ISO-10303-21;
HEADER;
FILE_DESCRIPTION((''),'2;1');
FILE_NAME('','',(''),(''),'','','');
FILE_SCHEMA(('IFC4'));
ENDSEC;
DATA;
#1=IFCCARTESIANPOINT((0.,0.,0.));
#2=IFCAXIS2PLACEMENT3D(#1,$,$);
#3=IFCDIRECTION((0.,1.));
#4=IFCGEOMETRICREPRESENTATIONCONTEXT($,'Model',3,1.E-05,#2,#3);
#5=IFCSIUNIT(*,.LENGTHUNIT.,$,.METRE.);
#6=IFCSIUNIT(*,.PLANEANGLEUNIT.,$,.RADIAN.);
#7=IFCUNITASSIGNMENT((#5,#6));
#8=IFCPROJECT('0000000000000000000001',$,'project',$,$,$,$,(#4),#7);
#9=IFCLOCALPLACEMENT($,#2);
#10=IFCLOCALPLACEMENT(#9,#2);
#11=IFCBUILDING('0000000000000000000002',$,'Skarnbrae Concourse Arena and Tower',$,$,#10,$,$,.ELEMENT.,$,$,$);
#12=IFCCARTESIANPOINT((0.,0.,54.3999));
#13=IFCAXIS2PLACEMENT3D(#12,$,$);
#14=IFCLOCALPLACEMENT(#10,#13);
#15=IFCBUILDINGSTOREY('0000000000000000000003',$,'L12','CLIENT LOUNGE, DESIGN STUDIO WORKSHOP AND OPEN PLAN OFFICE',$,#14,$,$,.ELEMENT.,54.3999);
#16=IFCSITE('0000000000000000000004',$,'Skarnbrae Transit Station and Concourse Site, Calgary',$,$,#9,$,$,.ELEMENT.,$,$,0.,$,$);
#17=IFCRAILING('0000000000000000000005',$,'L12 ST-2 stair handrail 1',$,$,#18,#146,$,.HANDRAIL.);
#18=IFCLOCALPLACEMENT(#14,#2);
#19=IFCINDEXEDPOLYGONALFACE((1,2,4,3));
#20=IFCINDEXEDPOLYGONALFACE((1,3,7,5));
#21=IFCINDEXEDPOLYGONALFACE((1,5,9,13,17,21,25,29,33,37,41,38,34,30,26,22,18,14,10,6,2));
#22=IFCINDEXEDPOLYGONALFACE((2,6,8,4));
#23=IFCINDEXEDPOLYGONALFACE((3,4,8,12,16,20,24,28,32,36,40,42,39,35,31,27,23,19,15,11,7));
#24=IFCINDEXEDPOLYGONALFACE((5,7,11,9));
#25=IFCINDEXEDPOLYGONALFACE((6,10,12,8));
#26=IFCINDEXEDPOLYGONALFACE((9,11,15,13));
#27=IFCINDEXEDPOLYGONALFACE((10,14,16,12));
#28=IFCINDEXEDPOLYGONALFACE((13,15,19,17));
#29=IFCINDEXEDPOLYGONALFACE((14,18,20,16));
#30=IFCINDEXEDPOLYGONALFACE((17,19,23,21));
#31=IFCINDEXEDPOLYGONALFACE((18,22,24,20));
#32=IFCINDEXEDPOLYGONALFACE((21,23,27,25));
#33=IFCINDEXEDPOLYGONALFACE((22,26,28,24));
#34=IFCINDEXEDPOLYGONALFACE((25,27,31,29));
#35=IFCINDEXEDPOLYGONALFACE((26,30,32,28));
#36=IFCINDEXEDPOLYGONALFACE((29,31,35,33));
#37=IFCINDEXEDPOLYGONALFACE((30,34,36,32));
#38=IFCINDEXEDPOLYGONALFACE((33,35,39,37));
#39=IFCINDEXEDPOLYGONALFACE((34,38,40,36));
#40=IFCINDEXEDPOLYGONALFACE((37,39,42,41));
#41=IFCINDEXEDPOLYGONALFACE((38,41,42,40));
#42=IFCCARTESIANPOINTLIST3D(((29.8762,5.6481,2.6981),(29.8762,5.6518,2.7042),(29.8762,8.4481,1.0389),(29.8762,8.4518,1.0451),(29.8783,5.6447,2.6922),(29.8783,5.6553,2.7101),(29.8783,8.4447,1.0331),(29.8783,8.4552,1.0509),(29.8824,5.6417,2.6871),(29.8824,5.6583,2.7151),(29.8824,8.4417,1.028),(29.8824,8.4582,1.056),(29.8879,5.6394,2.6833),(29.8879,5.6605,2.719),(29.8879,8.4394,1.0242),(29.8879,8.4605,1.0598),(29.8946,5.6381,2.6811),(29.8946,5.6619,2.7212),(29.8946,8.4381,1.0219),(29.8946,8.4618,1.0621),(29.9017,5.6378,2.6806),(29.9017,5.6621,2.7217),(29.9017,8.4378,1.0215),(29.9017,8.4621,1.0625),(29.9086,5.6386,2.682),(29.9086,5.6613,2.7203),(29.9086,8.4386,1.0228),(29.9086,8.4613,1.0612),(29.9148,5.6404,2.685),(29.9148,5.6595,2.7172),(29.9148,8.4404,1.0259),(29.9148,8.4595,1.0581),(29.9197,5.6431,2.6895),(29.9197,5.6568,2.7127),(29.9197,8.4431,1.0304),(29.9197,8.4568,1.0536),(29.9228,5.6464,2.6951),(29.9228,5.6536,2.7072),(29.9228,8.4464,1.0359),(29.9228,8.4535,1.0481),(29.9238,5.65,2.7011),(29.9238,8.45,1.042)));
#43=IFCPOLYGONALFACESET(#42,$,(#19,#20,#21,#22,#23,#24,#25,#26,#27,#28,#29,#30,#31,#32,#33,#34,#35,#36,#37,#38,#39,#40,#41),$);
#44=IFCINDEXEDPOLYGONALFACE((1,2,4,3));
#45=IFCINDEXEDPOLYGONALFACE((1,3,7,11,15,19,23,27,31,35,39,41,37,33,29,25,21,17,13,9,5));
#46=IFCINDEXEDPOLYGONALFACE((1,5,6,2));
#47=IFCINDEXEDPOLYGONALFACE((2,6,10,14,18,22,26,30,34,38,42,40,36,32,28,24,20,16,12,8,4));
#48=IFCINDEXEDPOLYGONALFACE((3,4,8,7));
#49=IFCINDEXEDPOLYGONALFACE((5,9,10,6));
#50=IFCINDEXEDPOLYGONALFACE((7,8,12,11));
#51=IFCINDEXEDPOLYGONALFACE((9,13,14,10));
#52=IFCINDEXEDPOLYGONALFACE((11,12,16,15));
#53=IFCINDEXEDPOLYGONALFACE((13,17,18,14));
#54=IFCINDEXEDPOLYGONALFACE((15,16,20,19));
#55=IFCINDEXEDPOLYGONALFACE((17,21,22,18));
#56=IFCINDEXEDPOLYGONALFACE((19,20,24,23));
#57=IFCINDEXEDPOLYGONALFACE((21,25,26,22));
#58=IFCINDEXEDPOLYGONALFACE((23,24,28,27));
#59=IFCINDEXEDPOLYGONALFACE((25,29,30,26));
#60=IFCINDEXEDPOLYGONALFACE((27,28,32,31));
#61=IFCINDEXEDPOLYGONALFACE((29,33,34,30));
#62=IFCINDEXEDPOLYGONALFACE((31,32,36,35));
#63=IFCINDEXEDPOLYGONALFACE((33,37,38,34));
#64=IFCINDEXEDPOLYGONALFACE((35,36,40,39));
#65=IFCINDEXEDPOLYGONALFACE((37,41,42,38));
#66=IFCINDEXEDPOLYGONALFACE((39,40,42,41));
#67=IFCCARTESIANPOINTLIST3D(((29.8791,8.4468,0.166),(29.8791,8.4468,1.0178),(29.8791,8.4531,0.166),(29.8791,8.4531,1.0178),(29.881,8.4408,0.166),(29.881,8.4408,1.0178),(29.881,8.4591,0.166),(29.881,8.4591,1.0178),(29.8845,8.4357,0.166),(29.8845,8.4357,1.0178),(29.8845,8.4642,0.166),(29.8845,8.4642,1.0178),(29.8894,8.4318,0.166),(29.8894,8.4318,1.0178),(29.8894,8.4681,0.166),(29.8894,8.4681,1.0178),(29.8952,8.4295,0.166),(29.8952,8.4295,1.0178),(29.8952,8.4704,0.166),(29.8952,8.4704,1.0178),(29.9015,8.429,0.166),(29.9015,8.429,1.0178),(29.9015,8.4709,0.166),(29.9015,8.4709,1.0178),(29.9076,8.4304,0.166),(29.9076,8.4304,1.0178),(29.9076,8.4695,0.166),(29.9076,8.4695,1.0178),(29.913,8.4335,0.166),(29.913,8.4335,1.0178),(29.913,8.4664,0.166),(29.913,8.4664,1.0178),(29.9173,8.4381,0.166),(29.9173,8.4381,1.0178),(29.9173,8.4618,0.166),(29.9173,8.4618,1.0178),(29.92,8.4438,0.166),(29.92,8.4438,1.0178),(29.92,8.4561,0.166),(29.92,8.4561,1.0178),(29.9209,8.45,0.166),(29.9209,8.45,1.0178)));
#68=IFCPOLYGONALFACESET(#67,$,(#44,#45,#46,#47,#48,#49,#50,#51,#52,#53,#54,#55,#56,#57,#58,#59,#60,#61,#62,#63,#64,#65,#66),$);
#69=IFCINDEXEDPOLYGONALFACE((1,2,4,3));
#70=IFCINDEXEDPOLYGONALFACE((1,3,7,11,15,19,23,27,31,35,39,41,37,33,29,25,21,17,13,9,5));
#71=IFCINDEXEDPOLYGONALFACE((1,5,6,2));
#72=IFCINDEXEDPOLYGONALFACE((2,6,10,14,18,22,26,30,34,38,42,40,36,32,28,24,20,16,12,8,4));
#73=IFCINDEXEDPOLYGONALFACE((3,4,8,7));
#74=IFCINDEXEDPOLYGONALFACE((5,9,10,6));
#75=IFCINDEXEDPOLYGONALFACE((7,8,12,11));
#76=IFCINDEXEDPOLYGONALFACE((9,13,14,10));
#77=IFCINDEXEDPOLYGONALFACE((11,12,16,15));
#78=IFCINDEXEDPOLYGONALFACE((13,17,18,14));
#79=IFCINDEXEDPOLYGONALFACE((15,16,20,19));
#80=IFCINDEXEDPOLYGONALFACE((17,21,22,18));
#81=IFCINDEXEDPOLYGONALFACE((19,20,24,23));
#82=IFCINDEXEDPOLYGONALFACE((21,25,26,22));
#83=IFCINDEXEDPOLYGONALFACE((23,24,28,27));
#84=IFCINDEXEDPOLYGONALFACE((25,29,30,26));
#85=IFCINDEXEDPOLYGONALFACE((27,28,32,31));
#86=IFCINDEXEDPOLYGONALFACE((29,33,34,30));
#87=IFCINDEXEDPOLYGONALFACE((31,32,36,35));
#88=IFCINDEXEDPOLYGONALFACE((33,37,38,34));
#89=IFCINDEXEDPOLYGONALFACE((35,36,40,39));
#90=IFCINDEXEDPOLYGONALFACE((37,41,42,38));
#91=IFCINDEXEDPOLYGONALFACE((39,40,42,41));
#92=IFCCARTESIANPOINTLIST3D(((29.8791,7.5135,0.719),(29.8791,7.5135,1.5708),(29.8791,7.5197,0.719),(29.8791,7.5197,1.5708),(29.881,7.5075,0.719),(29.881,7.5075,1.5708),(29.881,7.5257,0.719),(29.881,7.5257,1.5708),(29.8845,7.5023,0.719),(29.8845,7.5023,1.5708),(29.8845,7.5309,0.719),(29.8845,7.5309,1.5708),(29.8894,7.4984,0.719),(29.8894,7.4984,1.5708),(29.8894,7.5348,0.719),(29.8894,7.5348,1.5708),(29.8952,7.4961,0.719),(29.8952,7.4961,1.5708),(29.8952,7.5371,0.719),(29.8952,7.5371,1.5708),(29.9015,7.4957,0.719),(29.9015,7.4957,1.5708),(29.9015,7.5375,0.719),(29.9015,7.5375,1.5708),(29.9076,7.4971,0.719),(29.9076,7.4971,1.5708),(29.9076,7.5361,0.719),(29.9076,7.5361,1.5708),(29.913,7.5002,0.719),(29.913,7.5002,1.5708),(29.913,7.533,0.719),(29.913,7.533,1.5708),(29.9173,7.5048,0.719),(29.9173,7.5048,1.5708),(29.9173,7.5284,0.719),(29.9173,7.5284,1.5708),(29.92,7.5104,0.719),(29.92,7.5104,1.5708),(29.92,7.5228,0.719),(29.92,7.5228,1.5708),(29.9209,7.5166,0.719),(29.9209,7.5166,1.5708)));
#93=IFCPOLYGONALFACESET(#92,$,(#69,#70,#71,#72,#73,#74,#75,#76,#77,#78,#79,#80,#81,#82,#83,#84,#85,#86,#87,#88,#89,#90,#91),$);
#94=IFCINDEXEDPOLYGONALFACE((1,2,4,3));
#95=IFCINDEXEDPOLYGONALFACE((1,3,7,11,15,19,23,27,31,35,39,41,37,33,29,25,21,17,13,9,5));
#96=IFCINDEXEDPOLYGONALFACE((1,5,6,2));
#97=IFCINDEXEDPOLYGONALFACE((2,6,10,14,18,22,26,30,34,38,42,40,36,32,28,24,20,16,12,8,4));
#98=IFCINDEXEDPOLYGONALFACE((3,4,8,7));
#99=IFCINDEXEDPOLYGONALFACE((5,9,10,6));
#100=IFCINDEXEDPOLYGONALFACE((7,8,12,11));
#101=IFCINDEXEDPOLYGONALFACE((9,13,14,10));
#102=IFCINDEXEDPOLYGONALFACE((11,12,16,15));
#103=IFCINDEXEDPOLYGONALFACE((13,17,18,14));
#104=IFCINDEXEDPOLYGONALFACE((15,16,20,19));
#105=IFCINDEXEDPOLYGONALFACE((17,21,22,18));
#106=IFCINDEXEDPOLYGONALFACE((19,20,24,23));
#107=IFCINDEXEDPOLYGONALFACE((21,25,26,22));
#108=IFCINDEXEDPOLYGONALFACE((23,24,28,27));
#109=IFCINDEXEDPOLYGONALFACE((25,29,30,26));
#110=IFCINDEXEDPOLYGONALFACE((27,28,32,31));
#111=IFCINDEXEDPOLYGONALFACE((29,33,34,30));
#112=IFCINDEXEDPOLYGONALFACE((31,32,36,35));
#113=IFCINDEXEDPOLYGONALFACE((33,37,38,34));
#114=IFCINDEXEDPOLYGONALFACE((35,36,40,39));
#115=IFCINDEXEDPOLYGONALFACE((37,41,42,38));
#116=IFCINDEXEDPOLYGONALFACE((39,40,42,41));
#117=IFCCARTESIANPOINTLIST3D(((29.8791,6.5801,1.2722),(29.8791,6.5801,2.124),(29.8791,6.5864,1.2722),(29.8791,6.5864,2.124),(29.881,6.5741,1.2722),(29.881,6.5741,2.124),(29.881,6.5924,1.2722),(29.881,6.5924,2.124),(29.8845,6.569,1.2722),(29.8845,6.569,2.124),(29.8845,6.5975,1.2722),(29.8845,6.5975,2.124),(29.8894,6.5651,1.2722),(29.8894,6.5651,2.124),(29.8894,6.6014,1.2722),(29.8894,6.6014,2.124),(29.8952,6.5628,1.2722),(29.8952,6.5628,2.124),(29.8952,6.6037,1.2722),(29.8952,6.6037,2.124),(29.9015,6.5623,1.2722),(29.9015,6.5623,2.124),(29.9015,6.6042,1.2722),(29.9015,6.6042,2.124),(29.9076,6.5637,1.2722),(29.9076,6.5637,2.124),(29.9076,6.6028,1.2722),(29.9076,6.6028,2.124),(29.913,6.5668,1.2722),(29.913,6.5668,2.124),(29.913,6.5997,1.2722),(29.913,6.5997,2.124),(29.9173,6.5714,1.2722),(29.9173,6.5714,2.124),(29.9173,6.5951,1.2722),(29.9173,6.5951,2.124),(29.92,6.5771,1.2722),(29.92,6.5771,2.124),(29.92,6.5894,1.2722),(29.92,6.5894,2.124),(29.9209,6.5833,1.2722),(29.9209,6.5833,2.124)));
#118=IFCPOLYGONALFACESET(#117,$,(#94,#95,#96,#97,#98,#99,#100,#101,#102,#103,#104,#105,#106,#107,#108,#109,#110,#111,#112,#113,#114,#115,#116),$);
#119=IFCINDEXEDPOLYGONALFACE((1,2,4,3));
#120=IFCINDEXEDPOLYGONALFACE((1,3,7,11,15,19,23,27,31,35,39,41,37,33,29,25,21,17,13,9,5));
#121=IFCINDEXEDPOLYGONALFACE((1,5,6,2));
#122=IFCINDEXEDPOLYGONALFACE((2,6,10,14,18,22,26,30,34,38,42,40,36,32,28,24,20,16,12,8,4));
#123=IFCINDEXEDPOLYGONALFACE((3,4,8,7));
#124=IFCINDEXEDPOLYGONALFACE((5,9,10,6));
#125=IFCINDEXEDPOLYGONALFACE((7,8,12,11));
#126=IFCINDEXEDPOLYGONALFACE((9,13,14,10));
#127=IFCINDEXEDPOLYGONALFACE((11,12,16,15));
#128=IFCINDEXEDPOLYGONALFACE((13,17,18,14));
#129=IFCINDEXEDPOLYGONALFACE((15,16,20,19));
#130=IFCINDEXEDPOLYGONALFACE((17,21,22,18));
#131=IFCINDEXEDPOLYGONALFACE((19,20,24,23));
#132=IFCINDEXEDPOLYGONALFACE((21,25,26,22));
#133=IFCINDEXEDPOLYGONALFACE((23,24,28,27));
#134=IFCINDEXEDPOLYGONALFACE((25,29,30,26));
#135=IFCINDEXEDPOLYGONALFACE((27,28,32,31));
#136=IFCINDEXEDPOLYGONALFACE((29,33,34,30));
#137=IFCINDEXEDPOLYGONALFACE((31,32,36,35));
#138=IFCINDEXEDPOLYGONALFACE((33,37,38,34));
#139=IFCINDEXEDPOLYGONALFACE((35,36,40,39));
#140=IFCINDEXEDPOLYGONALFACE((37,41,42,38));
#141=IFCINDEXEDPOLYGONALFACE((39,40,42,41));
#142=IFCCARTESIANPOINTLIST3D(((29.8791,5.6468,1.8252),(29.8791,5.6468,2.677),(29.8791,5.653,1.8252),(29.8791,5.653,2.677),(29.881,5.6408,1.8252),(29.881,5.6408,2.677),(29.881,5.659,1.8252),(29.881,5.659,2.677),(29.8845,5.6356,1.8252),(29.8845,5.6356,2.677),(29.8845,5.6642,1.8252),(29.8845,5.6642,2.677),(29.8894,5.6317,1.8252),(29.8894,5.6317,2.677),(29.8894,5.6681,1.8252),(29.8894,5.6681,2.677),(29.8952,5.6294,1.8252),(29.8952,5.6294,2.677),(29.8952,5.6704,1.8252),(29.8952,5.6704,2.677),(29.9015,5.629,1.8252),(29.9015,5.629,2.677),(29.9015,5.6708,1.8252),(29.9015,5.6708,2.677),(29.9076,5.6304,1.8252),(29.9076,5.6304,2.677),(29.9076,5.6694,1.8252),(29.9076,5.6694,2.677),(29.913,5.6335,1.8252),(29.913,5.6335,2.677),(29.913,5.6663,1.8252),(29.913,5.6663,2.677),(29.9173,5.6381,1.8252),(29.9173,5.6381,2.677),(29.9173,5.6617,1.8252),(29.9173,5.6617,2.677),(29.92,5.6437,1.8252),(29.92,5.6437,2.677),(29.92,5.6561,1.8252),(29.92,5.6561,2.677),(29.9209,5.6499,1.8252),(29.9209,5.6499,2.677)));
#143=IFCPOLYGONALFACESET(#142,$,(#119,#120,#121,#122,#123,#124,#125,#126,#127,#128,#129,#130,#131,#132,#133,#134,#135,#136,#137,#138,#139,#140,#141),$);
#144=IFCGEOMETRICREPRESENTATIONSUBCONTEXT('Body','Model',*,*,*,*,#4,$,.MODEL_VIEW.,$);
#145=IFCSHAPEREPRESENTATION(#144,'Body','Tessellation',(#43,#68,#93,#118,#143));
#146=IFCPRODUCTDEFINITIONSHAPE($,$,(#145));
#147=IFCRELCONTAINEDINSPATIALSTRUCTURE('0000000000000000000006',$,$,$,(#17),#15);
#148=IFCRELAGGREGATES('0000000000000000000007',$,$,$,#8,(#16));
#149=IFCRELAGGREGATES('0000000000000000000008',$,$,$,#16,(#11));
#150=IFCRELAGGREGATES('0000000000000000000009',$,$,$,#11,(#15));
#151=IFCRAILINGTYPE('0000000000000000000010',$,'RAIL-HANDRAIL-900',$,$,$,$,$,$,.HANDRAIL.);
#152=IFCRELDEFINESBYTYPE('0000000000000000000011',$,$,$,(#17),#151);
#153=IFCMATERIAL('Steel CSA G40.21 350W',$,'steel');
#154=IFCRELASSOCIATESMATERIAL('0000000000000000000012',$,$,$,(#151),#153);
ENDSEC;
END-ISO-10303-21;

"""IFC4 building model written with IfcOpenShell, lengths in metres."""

from ifc_helpers import new_model, si_unit, direction, frame, origin, origin_2d, place, context, subcontext, project, spatial, circle, extrude, material, type_object, element, save


model = new_model("IFC4")

# Units and contexts
model_context = context("Model", 3, precision=1e-05, world=origin(), true_north=direction((0.0, 1.0)))
body_context = subcontext(model_context, "Body", "Model", "MODEL_VIEW")
ifc_project = project(units=[si_unit("LENGTHUNIT", "METRE"), si_unit("PLANEANGLEUNIT", "RADIAN")], contexts=[model_context])

# Site, building, storey
site_placement = place(None, origin())
site = spatial("IfcSite", under=ifc_project, at=site_placement, Name="Skarnbrae Transit Station and Concourse Site, Calgary", CompositionType="ELEMENT", RefElevation=0.0)
building_placement = place(site_placement, origin())
building = spatial("IfcBuilding", under=site, at=building_placement, Name="Skarnbrae Concourse Arena and Tower", CompositionType="ELEMENT")
storey_placement = place(building_placement, frame((0.0, 0.0, 54.3999)))
storey = spatial("IfcBuildingStorey", under=building, at=storey_placement, Name="L12", Description="CLIENT LOUNGE, DESIGN STUDIO WORKSHOP AND OPEN PLAN OFFICE", CompositionType="ELEMENT", Elevation=54.3999)

# Shared definitions
ifc_material_1 = material(Name="Steel CSA G40.21 350W", Category="steel")

# Railing
railing_type_1 = type_object("IfcRailingType", Name="RAIL-HANDRAIL-900", PredefinedType="HANDRAIL", material=ifc_material_1)
railing_1_placement = place(storey_placement, frame((29.8999, 8.45, 0.166)))
element("IfcRailing", 1, at=railing_1_placement, inside=storey, type_object=railing_type_1, Name="L12 ST-2 stair handrail 1", PredefinedType="HANDRAIL", context=body_context, shape_type="SweptSolid", body=[
    extrude(circle(Radius=0.0239, at=origin_2d()), frame((0.0, 0.0, 0.876), z_axis=(0.0, -0.860306, 0.509778), x_axis=(1.0, 0.0, 0.0)), (0.0, 0.0, 1.0), 3.2546),
    extrude(circle(Radius=0.021, at=origin_2d()), origin(), (0.0, 0.0, 1.0), 0.8518),
    extrude(circle(Radius=0.021, at=origin_2d()), frame((0.0, -0.9333, 0.553)), (0.0, 0.0, 1.0), 0.8518),
    extrude(circle(Radius=0.021, at=origin_2d()), frame((0.0, -1.8667, 1.1062)), (0.0, 0.0, 1.0), 0.8518),
    extrude(circle(Radius=0.021, at=origin_2d()), frame((0.0, -2.8, 1.6592)), (0.0, 0.0, 1.0), 0.8518),
])

save(model, "model.ifc")
